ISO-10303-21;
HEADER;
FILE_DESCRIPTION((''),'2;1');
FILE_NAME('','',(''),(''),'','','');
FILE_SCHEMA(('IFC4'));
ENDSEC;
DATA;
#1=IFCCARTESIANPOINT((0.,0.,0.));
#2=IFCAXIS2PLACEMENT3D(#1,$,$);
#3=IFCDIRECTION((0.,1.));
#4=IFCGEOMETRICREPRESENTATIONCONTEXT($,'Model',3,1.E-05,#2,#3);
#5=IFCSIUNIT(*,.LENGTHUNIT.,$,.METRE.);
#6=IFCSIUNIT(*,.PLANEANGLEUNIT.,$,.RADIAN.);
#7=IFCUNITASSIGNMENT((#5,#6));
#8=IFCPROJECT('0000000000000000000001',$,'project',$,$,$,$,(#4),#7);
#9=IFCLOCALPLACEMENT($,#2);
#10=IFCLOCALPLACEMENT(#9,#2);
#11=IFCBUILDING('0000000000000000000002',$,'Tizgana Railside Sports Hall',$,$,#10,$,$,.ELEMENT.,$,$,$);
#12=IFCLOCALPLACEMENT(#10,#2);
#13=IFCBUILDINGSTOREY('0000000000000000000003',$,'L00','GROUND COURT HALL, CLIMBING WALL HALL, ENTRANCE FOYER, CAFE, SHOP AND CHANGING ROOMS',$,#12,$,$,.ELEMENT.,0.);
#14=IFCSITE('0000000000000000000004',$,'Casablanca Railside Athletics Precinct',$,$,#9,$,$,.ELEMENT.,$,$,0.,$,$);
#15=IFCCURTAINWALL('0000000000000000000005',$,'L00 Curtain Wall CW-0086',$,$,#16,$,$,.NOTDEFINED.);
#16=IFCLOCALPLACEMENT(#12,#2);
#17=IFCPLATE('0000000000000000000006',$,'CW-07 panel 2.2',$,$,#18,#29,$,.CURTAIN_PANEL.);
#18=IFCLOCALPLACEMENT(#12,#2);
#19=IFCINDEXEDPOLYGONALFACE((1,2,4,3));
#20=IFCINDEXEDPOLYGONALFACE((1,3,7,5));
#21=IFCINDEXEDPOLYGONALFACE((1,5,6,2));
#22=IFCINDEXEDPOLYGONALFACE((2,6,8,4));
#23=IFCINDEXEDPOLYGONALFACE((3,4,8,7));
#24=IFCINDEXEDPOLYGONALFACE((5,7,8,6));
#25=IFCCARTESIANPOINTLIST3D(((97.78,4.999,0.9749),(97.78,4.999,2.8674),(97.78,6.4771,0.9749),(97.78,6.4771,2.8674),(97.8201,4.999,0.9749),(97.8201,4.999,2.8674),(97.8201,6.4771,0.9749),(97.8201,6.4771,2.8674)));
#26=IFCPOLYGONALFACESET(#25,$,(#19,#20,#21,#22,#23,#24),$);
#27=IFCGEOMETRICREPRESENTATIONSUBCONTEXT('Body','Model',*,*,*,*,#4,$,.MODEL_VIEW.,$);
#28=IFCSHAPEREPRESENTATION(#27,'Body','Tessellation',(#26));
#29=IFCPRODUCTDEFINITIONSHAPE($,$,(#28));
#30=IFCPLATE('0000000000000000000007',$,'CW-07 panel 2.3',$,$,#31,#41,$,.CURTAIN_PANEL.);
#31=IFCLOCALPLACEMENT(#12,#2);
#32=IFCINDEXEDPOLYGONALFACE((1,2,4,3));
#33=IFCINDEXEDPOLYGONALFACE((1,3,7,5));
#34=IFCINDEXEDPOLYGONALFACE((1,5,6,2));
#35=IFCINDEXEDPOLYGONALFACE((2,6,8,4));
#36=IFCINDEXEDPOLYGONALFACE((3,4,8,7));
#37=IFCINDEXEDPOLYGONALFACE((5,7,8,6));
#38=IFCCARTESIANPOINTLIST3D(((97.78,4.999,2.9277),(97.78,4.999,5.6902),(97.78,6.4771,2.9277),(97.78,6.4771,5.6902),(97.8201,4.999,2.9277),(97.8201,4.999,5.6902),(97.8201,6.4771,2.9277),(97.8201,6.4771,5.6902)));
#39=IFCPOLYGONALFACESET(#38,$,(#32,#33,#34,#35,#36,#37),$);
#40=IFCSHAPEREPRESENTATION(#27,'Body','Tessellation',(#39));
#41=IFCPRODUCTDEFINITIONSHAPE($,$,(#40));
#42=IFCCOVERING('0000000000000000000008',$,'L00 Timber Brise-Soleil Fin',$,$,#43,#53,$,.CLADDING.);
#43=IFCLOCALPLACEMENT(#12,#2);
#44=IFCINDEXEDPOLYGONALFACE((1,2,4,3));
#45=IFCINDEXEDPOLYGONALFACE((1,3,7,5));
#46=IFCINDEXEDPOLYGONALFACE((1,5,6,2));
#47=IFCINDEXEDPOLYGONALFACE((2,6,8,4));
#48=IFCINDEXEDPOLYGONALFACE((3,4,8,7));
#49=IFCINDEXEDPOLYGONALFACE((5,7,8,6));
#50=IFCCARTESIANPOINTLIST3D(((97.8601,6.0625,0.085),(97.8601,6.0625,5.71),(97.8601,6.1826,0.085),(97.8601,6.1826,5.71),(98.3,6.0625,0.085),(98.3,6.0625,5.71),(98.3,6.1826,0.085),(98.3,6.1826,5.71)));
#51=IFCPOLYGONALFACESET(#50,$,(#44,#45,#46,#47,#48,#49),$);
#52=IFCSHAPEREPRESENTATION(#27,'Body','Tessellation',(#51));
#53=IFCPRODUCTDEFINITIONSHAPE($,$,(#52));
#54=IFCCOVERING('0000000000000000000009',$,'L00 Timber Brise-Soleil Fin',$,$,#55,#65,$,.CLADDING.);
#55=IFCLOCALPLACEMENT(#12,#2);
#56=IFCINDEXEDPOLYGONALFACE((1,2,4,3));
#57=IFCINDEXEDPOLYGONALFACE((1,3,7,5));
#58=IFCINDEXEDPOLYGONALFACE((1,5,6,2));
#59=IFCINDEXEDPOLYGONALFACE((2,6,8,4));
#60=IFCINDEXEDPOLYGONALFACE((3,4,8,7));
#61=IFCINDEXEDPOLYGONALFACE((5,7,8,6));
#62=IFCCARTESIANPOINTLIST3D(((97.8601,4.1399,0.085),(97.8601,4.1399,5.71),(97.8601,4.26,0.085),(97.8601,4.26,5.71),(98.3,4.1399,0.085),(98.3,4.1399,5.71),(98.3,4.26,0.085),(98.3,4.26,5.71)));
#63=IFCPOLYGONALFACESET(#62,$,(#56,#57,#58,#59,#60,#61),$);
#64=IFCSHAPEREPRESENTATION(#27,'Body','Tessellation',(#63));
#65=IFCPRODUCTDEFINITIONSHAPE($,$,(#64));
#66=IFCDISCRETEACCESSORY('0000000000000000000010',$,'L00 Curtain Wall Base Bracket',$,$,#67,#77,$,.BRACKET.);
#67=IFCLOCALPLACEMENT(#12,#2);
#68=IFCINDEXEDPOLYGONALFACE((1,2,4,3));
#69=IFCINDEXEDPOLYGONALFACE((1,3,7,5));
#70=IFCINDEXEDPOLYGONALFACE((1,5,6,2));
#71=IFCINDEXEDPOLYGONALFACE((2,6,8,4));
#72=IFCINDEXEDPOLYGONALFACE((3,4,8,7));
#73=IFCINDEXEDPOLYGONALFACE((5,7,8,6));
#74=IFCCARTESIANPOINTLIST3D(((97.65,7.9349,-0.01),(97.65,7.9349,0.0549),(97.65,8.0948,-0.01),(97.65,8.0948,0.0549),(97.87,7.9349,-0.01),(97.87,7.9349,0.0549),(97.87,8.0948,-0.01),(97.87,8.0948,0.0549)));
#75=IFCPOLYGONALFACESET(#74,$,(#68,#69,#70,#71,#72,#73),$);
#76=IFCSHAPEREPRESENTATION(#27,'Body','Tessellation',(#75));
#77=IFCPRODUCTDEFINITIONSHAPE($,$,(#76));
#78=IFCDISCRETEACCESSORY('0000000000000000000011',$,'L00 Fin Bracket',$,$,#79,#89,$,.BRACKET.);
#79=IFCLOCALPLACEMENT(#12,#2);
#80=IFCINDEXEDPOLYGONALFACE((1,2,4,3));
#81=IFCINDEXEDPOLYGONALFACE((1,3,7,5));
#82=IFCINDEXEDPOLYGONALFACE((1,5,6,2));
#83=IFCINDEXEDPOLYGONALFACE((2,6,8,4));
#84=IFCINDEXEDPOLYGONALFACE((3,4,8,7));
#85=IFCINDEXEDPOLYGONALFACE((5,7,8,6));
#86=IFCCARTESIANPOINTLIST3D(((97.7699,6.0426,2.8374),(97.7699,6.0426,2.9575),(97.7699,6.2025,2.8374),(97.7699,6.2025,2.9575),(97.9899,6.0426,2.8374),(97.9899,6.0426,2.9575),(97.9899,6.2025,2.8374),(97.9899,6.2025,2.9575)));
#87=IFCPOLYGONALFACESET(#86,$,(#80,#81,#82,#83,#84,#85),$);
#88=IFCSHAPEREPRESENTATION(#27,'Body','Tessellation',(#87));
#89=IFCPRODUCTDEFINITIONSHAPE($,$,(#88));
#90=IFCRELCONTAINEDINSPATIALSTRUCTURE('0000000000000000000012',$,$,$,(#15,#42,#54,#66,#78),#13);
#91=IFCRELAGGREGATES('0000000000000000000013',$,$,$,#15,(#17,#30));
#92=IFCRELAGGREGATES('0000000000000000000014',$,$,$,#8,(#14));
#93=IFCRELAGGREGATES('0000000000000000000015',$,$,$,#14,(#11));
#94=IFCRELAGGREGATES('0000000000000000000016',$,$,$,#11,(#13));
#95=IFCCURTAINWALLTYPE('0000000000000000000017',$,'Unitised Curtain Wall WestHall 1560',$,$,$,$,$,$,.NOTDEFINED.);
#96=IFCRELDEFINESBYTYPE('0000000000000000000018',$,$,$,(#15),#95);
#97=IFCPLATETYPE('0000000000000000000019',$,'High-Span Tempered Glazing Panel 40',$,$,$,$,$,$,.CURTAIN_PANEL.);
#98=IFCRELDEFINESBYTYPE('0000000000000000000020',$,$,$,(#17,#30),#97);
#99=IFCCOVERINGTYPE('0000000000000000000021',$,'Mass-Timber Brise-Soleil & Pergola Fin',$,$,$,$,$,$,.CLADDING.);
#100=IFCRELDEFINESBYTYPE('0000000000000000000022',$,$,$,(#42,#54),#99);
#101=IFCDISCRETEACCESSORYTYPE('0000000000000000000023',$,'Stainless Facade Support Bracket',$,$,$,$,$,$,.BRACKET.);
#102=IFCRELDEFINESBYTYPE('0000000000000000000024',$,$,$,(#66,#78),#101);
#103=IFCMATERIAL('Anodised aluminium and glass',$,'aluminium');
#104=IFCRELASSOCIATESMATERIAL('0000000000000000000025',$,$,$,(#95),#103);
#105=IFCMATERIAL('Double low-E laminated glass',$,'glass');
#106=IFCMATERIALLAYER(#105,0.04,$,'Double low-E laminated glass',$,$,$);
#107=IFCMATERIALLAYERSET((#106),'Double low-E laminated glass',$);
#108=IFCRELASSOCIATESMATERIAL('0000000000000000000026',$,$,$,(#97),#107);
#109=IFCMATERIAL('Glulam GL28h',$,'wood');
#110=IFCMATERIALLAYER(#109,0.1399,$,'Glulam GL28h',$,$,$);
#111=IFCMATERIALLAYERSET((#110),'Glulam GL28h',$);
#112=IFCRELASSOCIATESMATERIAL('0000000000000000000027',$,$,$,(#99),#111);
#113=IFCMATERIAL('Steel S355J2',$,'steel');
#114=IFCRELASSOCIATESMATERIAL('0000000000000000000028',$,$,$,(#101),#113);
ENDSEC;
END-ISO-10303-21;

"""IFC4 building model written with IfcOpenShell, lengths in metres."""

from ifc_helpers import new_model, si_unit, direction, frame, origin, origin_2d, place, context, subcontext, project, spatial, rectangle, extrude, material, layer, layer_set, type_object, element, aggregate, save


model = new_model("IFC4")

# Units and contexts
model_context = context("Model", 3, precision=1e-05, world=origin(), true_north=direction((0.0, 1.0)))
body_context = subcontext(model_context, "Body", "Model", "MODEL_VIEW")
ifc_project = project(units=[si_unit("LENGTHUNIT", "METRE"), si_unit("PLANEANGLEUNIT", "RADIAN")], contexts=[model_context])

# Site, building, storey
site_placement = place(None, origin())
site = spatial("IfcSite", under=ifc_project, at=site_placement, Name="Casablanca Railside Athletics Precinct", CompositionType="ELEMENT", RefElevation=0.0)
building_placement = place(site_placement, origin())
building = spatial("IfcBuilding", under=site, at=building_placement, Name="Tizgana Railside Sports Hall", CompositionType="ELEMENT")
storey_placement = place(building_placement, origin())
storey = spatial("IfcBuildingStorey", under=building, at=storey_placement, Name="L00", Description="GROUND COURT HALL, CLIMBING WALL HALL, ENTRANCE FOYER, CAFE, SHOP AND CHANGING ROOMS", CompositionType="ELEMENT", Elevation=0.0)

# Curtain wall
ifc_material_1 = material(Name="Anodised aluminium and glass", Category="aluminium")
curtain_wall_type = type_object("IfcCurtainWallType", Name="Unitised Curtain Wall WestHall 1560", PredefinedType="NOTDEFINED", material=ifc_material_1)
curtain_wall_placement = place(storey_placement, origin())
curtain_wall = element("IfcCurtainWall", 1, at=curtain_wall_placement, inside=storey, type_object=curtain_wall_type, Name="L00 Curtain Wall CW-0086", PredefinedType="NOTDEFINED")

# Shared definitions
ifc_material_2 = material(Name="Steel S355J2", Category="steel")

# Plates
ifc_material_3 = material(Name="Double low-E laminated glass", Category="glass")
ifc_layer_1 = layer(ifc_material_3, 0.04, Name="Double low-E laminated glass")
ifc_layer_set_1 = layer_set([ifc_layer_1], Name="Double low-E laminated glass")
plate_type = type_object("IfcPlateType", Name="High-Span Tempered Glazing Panel 40", PredefinedType="CURTAIN_PANEL", material=ifc_layer_set_1)
plate_1_placement = place(storey_placement, frame((97.8, 5.738, 0.9749), z_axis=(0.0, 0.0, 1.0), x_axis=(0.0, -1.0, 0.0)))
plate_1 = element("IfcPlate", 2, at=plate_1_placement, type_object=plate_type, Name="CW-07 panel 2.2", PredefinedType="CURTAIN_PANEL", context=body_context, shape_type="SweptSolid", body=[
    extrude(rectangle(XDim=1.478, YDim=0.04, at=origin_2d()), origin(), (0.0, 0.0, 1.0), 1.8926),
])
plate_2_placement = place(storey_placement, frame((97.8, 5.738, 2.9277), z_axis=(0.0, 0.0, 1.0), x_axis=(0.0, -1.0, 0.0)))
plate_2 = element("IfcPlate", 3, at=plate_2_placement, type_object=plate_type, Name="CW-07 panel 2.3", PredefinedType="CURTAIN_PANEL", context=body_context, shape_type="SweptSolid", body=[
    extrude(rectangle(XDim=1.478, YDim=0.04, at=origin_2d()), origin(), (0.0, 0.0, 1.0), 2.7625),
])
aggregate(curtain_wall, [plate_1, plate_2])

# Coverings
ifc_material_4 = material(Name="Glulam GL28h", Category="wood")
ifc_layer_2 = layer(ifc_material_4, 0.1399, Name="Glulam GL28h")
ifc_layer_set_2 = layer_set([ifc_layer_2], Name="Glulam GL28h")
covering_type = type_object("IfcCoveringType", Name="Mass-Timber Brise-Soleil & Pergola Fin", PredefinedType="CLADDING", material=ifc_layer_set_2)
for number, where, z_axis, x_axis, name in (
    (4, (98.0801, 6.1226, 0.085), (0.0, 0.0, 1.0), (0.0, -1.0, 0.0), "L00 Timber Brise-Soleil Fin"),
    (5, (98.0801, 4.2, 0.085), (0.0, 0.0, 1.0), (0.0, -1.0, 0.0), "L00 Timber Brise-Soleil Fin"),
):
    element("IfcCovering", number, at=place(storey_placement, frame(where, z_axis=z_axis, x_axis=x_axis)), inside=storey, type_object=covering_type, Name=name, PredefinedType="CLADDING", context=body_context, shape_type="SweptSolid", body=[
        extrude(rectangle(XDim=0.1201, YDim=0.4399, at=origin_2d()), origin(), (0.0, 0.0, 1.0), 5.625),
    ])

# Discrete accessories
discrete_accessory_type = type_object("IfcDiscreteAccessoryType", Name="Stainless Facade Support Bracket", PredefinedType="BRACKET", material=ifc_material_2)
discrete_accessory_1_placement = place(storey_placement, frame((97.76, 8.0149, -0.01), z_axis=(0.0, 0.0, 1.0), x_axis=(0.0, -1.0, 0.0)))
element("IfcDiscreteAccessory", 6, at=discrete_accessory_1_placement, inside=storey, type_object=discrete_accessory_type, Name="L00 Curtain Wall Base Bracket", PredefinedType="BRACKET", context=body_context, shape_type="SweptSolid", body=[
    extrude(rectangle(XDim=0.1599, YDim=0.22, at=origin_2d()), origin(), (0.0, 0.0, 1.0), 0.0649),
])
discrete_accessory_2_placement = place(storey_placement, frame((97.8799, 6.1226, 2.8374), z_axis=(0.0, 0.0, 1.0), x_axis=(0.0, -1.0, 0.0)))
element("IfcDiscreteAccessory", 7, at=discrete_accessory_2_placement, inside=storey, type_object=discrete_accessory_type, Name="L00 Fin Bracket", PredefinedType="BRACKET", context=body_context, shape_type="SweptSolid", body=[
    extrude(rectangle(XDim=0.1599, YDim=0.22, at=origin_2d()), origin(), (0.0, 0.0, 1.0), 0.1201),
])

save(model, "model.ifc")
